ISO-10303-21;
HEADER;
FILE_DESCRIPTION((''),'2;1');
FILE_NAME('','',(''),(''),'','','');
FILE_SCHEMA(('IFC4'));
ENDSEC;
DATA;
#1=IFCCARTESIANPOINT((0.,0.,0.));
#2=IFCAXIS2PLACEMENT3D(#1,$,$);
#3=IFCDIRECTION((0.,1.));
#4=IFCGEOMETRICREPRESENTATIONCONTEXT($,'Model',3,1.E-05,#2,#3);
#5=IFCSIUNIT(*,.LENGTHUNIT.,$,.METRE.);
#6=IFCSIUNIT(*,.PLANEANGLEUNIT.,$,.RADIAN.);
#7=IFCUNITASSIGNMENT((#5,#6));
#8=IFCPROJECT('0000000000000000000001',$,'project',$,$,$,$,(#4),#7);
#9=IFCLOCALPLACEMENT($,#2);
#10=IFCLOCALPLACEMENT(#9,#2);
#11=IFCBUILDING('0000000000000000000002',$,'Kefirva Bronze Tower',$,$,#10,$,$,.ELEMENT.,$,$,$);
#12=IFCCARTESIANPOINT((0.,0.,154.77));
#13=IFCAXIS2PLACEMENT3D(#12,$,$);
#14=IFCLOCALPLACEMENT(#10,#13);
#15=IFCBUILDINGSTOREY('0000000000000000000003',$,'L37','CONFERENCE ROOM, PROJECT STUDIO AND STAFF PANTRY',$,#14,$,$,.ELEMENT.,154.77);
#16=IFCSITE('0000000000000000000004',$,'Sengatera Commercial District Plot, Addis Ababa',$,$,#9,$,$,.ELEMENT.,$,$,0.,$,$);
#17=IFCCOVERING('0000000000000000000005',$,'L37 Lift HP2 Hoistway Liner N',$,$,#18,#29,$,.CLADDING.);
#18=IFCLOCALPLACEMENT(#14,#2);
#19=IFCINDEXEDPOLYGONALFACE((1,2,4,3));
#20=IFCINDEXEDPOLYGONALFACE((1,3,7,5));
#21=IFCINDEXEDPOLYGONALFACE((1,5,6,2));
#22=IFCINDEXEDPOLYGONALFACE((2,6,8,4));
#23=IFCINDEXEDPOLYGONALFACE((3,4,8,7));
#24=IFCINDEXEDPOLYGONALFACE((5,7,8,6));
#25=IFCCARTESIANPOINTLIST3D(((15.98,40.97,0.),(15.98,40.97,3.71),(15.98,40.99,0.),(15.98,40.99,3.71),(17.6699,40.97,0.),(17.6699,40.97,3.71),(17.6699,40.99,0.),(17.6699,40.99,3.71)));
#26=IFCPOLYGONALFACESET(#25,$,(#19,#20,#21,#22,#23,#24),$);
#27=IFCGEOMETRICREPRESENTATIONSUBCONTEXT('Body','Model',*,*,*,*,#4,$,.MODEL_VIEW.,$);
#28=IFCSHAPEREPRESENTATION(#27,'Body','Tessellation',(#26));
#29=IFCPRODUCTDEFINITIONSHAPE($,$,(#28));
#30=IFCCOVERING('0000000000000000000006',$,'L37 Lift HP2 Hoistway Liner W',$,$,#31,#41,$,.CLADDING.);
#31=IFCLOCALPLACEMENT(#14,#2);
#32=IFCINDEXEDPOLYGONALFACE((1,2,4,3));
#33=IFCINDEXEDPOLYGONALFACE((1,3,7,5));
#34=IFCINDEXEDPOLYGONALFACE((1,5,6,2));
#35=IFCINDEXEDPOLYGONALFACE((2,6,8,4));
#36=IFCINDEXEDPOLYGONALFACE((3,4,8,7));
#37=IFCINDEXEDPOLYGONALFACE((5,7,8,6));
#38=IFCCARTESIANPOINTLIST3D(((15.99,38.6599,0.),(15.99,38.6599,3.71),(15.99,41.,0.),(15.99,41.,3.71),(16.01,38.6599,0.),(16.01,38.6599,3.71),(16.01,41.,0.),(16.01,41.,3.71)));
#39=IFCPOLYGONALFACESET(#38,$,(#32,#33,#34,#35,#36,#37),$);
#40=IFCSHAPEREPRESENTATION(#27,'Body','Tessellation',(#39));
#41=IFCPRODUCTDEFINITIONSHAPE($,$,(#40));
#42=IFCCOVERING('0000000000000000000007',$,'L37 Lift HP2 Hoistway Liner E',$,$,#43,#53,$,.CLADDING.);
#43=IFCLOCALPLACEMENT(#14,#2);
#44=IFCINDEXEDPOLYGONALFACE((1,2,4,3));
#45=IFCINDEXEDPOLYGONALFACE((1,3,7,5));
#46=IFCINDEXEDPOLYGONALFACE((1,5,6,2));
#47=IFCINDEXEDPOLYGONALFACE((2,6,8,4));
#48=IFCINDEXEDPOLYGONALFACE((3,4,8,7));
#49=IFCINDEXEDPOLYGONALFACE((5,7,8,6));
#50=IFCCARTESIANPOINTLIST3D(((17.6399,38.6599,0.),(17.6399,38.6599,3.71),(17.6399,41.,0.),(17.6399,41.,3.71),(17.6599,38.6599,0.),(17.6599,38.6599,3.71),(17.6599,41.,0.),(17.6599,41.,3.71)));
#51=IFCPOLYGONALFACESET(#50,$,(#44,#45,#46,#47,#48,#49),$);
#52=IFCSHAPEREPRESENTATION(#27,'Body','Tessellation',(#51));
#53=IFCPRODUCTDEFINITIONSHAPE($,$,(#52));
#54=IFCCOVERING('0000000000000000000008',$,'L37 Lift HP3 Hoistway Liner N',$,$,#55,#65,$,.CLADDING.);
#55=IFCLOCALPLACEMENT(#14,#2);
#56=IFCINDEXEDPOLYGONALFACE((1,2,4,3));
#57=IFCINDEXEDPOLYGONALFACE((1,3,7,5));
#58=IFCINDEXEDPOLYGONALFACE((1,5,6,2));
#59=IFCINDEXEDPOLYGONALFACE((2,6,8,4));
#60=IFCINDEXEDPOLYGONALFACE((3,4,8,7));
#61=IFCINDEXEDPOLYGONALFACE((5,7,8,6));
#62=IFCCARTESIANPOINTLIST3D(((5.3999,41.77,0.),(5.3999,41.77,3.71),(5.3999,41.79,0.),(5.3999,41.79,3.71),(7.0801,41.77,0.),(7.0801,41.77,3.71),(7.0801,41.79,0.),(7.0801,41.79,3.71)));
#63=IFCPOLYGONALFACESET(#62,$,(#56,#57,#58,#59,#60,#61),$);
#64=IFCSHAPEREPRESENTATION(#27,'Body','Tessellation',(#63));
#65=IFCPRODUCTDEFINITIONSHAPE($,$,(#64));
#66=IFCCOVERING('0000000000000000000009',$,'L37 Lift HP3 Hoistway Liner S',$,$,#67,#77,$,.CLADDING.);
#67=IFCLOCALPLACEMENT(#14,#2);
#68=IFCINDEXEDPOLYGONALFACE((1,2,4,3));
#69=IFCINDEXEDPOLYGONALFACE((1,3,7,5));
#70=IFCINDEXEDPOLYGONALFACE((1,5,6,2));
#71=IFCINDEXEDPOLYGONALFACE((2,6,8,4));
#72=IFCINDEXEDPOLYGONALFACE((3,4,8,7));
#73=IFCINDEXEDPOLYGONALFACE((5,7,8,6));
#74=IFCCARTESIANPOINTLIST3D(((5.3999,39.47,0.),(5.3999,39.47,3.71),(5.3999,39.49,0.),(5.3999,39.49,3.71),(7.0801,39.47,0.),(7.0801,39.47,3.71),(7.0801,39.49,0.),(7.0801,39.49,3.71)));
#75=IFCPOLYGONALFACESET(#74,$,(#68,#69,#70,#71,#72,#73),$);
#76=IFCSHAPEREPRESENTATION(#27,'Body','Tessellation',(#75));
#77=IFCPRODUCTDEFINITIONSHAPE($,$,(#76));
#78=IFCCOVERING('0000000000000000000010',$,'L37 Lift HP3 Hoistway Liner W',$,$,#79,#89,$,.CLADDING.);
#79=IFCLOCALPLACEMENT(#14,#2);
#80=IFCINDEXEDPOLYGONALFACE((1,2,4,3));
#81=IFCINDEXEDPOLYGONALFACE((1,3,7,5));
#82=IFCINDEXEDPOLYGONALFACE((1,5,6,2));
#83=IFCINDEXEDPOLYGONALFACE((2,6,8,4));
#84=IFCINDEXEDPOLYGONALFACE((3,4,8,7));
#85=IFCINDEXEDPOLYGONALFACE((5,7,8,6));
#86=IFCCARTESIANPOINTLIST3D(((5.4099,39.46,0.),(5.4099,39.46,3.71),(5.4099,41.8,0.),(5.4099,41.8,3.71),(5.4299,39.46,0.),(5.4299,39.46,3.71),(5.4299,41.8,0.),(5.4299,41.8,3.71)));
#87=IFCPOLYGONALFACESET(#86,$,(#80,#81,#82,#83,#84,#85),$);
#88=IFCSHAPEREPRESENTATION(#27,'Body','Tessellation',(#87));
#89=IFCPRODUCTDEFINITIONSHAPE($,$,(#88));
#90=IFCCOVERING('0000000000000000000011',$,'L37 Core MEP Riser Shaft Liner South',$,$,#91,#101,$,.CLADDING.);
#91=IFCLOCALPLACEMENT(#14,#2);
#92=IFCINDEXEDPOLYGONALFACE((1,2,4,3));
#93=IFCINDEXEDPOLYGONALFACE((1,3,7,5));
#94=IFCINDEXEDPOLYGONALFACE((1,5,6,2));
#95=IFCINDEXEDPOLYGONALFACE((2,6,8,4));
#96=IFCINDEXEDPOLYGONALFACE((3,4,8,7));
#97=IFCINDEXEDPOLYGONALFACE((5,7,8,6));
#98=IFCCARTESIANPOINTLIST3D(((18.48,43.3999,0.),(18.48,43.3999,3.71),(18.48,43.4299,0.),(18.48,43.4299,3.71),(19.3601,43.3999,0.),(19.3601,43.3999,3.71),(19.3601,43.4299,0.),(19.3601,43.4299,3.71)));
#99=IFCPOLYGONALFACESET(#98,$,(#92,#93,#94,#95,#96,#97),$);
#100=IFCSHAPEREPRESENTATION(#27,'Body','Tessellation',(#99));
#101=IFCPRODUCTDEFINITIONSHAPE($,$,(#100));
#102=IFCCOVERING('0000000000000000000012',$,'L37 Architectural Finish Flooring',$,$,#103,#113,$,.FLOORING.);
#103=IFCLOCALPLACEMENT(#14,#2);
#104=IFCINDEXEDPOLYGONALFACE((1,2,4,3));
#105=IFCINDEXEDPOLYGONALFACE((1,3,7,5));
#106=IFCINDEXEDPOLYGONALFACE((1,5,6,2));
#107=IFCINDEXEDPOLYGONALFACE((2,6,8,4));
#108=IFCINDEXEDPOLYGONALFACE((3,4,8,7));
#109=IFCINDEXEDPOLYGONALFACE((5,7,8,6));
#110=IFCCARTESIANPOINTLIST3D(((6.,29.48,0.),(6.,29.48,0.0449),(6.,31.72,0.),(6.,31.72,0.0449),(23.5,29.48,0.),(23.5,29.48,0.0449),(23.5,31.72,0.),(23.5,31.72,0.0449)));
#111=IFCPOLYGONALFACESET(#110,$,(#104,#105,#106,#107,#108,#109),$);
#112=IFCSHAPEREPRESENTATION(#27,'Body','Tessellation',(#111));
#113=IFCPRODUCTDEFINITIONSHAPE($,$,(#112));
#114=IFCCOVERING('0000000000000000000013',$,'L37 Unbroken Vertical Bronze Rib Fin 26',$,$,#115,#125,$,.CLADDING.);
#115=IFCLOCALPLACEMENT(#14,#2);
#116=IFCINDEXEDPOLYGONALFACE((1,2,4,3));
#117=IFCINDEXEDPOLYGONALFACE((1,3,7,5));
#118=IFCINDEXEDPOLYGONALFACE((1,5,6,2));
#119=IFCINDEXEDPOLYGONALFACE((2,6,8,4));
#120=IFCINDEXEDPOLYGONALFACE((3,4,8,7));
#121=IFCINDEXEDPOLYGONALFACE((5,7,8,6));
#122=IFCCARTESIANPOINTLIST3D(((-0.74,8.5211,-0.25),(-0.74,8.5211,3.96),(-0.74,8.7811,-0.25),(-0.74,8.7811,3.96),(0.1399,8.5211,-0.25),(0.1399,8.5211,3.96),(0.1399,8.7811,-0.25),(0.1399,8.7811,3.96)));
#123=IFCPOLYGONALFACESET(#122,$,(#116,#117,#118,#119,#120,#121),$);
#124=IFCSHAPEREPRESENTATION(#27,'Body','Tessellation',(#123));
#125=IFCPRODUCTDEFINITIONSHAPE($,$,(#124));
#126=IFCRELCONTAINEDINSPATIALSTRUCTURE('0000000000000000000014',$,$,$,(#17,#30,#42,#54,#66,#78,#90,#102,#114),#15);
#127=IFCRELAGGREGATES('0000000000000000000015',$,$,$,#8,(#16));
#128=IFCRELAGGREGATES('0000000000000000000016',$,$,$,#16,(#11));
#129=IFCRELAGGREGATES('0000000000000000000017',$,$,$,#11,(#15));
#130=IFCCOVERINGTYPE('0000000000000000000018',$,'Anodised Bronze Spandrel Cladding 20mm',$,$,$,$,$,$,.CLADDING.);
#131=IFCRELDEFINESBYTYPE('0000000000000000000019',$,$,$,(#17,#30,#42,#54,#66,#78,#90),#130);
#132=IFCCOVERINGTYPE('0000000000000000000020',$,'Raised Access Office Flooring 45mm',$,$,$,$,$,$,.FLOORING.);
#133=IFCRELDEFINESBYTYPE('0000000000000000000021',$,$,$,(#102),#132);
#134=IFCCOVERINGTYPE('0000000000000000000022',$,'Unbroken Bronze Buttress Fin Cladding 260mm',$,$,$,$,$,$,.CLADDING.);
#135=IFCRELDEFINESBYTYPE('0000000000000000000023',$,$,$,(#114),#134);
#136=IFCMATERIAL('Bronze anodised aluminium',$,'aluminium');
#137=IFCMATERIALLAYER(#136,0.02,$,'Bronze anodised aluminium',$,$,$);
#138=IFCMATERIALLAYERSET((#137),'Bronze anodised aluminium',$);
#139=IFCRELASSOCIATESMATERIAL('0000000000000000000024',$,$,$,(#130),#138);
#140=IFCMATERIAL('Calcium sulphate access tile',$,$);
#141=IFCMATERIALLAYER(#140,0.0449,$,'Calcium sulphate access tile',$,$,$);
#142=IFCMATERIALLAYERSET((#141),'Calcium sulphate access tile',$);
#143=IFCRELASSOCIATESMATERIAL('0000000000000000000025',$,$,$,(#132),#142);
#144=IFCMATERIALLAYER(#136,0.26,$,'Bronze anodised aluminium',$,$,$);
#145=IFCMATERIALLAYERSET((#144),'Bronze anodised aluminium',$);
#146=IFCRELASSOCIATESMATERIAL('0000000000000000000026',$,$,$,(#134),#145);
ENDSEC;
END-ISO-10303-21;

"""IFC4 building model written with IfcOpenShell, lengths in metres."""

from ifc_helpers import new_model, si_unit, direction, frame, origin, origin_2d, place, context, subcontext, project, spatial, polyline, rectangle, outline, extrude, material, layer, layer_set, type_object, element, save


model = new_model("IFC4")

# Units and contexts
model_context = context("Model", 3, precision=1e-05, world=origin(), true_north=direction((0.0, 1.0)))
body_context = subcontext(model_context, "Body", "Model", "MODEL_VIEW")
ifc_project = project(units=[si_unit("LENGTHUNIT", "METRE"), si_unit("PLANEANGLEUNIT", "RADIAN")], contexts=[model_context])

# Site, building, storey
site_placement = place(None, origin())
site = spatial("IfcSite", under=ifc_project, at=site_placement, Name="Sengatera Commercial District Plot, Addis Ababa", CompositionType="ELEMENT", RefElevation=0.0)
building_placement = place(site_placement, origin())
building = spatial("IfcBuilding", under=site, at=building_placement, Name="Kefirva Bronze Tower", CompositionType="ELEMENT")
storey_placement = place(building_placement, frame((0.0, 0.0, 154.77)))
storey = spatial("IfcBuildingStorey", under=building, at=storey_placement, Name="L37", Description="CONFERENCE ROOM, PROJECT STUDIO AND STAFF PANTRY", CompositionType="ELEMENT", Elevation=154.77)

# Shared definitions
ifc_material_1 = material(Name="Bronze anodised aluminium", Category="aluminium")

# Coverings
ifc_layer_1 = layer(ifc_material_1, 0.02, Name="Bronze anodised aluminium")
ifc_layer_set_1 = layer_set([ifc_layer_1], Name="Bronze anodised aluminium")
covering_type_1 = type_object("IfcCoveringType", Name="Anodised Bronze Spandrel Cladding 20mm", PredefinedType="CLADDING", material=ifc_layer_set_1)
covering_1_placement = place(storey_placement, origin())
element("IfcCovering", 1, at=covering_1_placement, inside=storey, type_object=covering_type_1, Name="L37 Lift HP2 Hoistway Liner N", PredefinedType="CLADDING", context=body_context, shape_type="SweptSolid", body=[
    extrude(outline(polyline([(15.98, 40.97), (17.6699, 40.97), (17.6699, 40.99), (15.98, 40.99), (15.98, 40.97)])), origin(), (0.0, 0.0, 1.0), 3.71),
])
covering_2_placement = place(storey_placement, origin())
element("IfcCovering", 2, at=covering_2_placement, inside=storey, type_object=covering_type_1, Name="L37 Lift HP2 Hoistway Liner W", PredefinedType="CLADDING", context=body_context, shape_type="SweptSolid", body=[
    extrude(outline(polyline([(15.99, 38.6599), (16.01, 38.6599), (16.01, 41.0), (15.99, 41.0), (15.99, 38.6599)])), origin(), (0.0, 0.0, 1.0), 3.71),
])
covering_3_placement = place(storey_placement, origin())
element("IfcCovering", 3, at=covering_3_placement, inside=storey, type_object=covering_type_1, Name="L37 Lift HP2 Hoistway Liner E", PredefinedType="CLADDING", context=body_context, shape_type="SweptSolid", body=[
    extrude(outline(polyline([(17.6399, 38.6599), (17.6599, 38.6599), (17.6599, 41.0), (17.6399, 41.0), (17.6399, 38.6599)])), origin(), (0.0, 0.0, 1.0), 3.71),
])
covering_4_placement = place(storey_placement, origin())
element("IfcCovering", 4, at=covering_4_placement, inside=storey, type_object=covering_type_1, Name="L37 Lift HP3 Hoistway Liner N", PredefinedType="CLADDING", context=body_context, shape_type="SweptSolid", body=[
    extrude(outline(polyline([(5.3999, 41.77), (7.0801, 41.77), (7.0801, 41.79), (5.3999, 41.79), (5.3999, 41.77)])), origin(), (0.0, 0.0, 1.0), 3.71),
])
covering_5_placement = place(storey_placement, origin())
element("IfcCovering", 5, at=covering_5_placement, inside=storey, type_object=covering_type_1, Name="L37 Lift HP3 Hoistway Liner S", PredefinedType="CLADDING", context=body_context, shape_type="SweptSolid", body=[
    extrude(outline(polyline([(5.3999, 39.47), (7.0801, 39.47), (7.0801, 39.49), (5.3999, 39.49), (5.3999, 39.47)])), origin(), (0.0, 0.0, 1.0), 3.71),
])
covering_6_placement = place(storey_placement, origin())
element("IfcCovering", 6, at=covering_6_placement, inside=storey, type_object=covering_type_1, Name="L37 Lift HP3 Hoistway Liner W", PredefinedType="CLADDING", context=body_context, shape_type="SweptSolid", body=[
    extrude(outline(polyline([(5.4099, 39.46), (5.4299, 39.46), (5.4299, 41.8), (5.4099, 41.8), (5.4099, 39.46)])), origin(), (0.0, 0.0, 1.0), 3.71),
])
covering_7_placement = place(storey_placement, origin())
element("IfcCovering", 7, at=covering_7_placement, inside=storey, type_object=covering_type_1, Name="L37 Core MEP Riser Shaft Liner South", PredefinedType="CLADDING", context=body_context, shape_type="SweptSolid", body=[
    extrude(outline(polyline([(18.48, 43.3999), (19.3601, 43.3999), (19.3601, 43.4299), (18.48, 43.4299), (18.48, 43.3999)])), origin(), (0.0, 0.0, 1.0), 3.71),
])
ifc_material_2 = material(Name="Calcium sulphate access tile")
ifc_layer_2 = layer(ifc_material_2, 0.0449, Name="Calcium sulphate access tile")
ifc_layer_set_2 = layer_set([ifc_layer_2], Name="Calcium sulphate access tile")
covering_type_2 = type_object("IfcCoveringType", Name="Raised Access Office Flooring 45mm", PredefinedType="FLOORING", material=ifc_layer_set_2)
covering_8_placement = place(storey_placement, origin())
element("IfcCovering", 8, at=covering_8_placement, inside=storey, type_object=covering_type_2, Name="L37 Architectural Finish Flooring", PredefinedType="FLOORING", context=body_context, shape_type="SweptSolid", body=[
    extrude(outline(polyline([(6.0, 29.48), (23.5, 29.48), (23.5, 31.72), (6.0, 31.72), (6.0, 29.48)])), origin(), (0.0, 0.0, 1.0), 0.0449),
])
ifc_layer_3 = layer(ifc_material_1, 0.26, Name="Bronze anodised aluminium")
ifc_layer_set_3 = layer_set([ifc_layer_3], Name="Bronze anodised aluminium")
covering_type_3 = type_object("IfcCoveringType", Name="Unbroken Bronze Buttress Fin Cladding 260mm", PredefinedType="CLADDING", material=ifc_layer_set_3)
covering_9_placement = place(storey_placement, frame((-0.3, 8.6511, -0.25), z_axis=(0.0, 0.0, 1.0), x_axis=(0.0, -1.0, 0.0)))
element("IfcCovering", 9, at=covering_9_placement, inside=storey, type_object=covering_type_3, Name="L37 Unbroken Vertical Bronze Rib Fin 26", PredefinedType="CLADDING", context=body_context, shape_type="SweptSolid", body=[
    extrude(rectangle(XDim=0.26, YDim=0.8799, at=origin_2d()), origin(), (0.0, 0.0, 1.0), 4.21),
])

save(model, "model.ifc")
